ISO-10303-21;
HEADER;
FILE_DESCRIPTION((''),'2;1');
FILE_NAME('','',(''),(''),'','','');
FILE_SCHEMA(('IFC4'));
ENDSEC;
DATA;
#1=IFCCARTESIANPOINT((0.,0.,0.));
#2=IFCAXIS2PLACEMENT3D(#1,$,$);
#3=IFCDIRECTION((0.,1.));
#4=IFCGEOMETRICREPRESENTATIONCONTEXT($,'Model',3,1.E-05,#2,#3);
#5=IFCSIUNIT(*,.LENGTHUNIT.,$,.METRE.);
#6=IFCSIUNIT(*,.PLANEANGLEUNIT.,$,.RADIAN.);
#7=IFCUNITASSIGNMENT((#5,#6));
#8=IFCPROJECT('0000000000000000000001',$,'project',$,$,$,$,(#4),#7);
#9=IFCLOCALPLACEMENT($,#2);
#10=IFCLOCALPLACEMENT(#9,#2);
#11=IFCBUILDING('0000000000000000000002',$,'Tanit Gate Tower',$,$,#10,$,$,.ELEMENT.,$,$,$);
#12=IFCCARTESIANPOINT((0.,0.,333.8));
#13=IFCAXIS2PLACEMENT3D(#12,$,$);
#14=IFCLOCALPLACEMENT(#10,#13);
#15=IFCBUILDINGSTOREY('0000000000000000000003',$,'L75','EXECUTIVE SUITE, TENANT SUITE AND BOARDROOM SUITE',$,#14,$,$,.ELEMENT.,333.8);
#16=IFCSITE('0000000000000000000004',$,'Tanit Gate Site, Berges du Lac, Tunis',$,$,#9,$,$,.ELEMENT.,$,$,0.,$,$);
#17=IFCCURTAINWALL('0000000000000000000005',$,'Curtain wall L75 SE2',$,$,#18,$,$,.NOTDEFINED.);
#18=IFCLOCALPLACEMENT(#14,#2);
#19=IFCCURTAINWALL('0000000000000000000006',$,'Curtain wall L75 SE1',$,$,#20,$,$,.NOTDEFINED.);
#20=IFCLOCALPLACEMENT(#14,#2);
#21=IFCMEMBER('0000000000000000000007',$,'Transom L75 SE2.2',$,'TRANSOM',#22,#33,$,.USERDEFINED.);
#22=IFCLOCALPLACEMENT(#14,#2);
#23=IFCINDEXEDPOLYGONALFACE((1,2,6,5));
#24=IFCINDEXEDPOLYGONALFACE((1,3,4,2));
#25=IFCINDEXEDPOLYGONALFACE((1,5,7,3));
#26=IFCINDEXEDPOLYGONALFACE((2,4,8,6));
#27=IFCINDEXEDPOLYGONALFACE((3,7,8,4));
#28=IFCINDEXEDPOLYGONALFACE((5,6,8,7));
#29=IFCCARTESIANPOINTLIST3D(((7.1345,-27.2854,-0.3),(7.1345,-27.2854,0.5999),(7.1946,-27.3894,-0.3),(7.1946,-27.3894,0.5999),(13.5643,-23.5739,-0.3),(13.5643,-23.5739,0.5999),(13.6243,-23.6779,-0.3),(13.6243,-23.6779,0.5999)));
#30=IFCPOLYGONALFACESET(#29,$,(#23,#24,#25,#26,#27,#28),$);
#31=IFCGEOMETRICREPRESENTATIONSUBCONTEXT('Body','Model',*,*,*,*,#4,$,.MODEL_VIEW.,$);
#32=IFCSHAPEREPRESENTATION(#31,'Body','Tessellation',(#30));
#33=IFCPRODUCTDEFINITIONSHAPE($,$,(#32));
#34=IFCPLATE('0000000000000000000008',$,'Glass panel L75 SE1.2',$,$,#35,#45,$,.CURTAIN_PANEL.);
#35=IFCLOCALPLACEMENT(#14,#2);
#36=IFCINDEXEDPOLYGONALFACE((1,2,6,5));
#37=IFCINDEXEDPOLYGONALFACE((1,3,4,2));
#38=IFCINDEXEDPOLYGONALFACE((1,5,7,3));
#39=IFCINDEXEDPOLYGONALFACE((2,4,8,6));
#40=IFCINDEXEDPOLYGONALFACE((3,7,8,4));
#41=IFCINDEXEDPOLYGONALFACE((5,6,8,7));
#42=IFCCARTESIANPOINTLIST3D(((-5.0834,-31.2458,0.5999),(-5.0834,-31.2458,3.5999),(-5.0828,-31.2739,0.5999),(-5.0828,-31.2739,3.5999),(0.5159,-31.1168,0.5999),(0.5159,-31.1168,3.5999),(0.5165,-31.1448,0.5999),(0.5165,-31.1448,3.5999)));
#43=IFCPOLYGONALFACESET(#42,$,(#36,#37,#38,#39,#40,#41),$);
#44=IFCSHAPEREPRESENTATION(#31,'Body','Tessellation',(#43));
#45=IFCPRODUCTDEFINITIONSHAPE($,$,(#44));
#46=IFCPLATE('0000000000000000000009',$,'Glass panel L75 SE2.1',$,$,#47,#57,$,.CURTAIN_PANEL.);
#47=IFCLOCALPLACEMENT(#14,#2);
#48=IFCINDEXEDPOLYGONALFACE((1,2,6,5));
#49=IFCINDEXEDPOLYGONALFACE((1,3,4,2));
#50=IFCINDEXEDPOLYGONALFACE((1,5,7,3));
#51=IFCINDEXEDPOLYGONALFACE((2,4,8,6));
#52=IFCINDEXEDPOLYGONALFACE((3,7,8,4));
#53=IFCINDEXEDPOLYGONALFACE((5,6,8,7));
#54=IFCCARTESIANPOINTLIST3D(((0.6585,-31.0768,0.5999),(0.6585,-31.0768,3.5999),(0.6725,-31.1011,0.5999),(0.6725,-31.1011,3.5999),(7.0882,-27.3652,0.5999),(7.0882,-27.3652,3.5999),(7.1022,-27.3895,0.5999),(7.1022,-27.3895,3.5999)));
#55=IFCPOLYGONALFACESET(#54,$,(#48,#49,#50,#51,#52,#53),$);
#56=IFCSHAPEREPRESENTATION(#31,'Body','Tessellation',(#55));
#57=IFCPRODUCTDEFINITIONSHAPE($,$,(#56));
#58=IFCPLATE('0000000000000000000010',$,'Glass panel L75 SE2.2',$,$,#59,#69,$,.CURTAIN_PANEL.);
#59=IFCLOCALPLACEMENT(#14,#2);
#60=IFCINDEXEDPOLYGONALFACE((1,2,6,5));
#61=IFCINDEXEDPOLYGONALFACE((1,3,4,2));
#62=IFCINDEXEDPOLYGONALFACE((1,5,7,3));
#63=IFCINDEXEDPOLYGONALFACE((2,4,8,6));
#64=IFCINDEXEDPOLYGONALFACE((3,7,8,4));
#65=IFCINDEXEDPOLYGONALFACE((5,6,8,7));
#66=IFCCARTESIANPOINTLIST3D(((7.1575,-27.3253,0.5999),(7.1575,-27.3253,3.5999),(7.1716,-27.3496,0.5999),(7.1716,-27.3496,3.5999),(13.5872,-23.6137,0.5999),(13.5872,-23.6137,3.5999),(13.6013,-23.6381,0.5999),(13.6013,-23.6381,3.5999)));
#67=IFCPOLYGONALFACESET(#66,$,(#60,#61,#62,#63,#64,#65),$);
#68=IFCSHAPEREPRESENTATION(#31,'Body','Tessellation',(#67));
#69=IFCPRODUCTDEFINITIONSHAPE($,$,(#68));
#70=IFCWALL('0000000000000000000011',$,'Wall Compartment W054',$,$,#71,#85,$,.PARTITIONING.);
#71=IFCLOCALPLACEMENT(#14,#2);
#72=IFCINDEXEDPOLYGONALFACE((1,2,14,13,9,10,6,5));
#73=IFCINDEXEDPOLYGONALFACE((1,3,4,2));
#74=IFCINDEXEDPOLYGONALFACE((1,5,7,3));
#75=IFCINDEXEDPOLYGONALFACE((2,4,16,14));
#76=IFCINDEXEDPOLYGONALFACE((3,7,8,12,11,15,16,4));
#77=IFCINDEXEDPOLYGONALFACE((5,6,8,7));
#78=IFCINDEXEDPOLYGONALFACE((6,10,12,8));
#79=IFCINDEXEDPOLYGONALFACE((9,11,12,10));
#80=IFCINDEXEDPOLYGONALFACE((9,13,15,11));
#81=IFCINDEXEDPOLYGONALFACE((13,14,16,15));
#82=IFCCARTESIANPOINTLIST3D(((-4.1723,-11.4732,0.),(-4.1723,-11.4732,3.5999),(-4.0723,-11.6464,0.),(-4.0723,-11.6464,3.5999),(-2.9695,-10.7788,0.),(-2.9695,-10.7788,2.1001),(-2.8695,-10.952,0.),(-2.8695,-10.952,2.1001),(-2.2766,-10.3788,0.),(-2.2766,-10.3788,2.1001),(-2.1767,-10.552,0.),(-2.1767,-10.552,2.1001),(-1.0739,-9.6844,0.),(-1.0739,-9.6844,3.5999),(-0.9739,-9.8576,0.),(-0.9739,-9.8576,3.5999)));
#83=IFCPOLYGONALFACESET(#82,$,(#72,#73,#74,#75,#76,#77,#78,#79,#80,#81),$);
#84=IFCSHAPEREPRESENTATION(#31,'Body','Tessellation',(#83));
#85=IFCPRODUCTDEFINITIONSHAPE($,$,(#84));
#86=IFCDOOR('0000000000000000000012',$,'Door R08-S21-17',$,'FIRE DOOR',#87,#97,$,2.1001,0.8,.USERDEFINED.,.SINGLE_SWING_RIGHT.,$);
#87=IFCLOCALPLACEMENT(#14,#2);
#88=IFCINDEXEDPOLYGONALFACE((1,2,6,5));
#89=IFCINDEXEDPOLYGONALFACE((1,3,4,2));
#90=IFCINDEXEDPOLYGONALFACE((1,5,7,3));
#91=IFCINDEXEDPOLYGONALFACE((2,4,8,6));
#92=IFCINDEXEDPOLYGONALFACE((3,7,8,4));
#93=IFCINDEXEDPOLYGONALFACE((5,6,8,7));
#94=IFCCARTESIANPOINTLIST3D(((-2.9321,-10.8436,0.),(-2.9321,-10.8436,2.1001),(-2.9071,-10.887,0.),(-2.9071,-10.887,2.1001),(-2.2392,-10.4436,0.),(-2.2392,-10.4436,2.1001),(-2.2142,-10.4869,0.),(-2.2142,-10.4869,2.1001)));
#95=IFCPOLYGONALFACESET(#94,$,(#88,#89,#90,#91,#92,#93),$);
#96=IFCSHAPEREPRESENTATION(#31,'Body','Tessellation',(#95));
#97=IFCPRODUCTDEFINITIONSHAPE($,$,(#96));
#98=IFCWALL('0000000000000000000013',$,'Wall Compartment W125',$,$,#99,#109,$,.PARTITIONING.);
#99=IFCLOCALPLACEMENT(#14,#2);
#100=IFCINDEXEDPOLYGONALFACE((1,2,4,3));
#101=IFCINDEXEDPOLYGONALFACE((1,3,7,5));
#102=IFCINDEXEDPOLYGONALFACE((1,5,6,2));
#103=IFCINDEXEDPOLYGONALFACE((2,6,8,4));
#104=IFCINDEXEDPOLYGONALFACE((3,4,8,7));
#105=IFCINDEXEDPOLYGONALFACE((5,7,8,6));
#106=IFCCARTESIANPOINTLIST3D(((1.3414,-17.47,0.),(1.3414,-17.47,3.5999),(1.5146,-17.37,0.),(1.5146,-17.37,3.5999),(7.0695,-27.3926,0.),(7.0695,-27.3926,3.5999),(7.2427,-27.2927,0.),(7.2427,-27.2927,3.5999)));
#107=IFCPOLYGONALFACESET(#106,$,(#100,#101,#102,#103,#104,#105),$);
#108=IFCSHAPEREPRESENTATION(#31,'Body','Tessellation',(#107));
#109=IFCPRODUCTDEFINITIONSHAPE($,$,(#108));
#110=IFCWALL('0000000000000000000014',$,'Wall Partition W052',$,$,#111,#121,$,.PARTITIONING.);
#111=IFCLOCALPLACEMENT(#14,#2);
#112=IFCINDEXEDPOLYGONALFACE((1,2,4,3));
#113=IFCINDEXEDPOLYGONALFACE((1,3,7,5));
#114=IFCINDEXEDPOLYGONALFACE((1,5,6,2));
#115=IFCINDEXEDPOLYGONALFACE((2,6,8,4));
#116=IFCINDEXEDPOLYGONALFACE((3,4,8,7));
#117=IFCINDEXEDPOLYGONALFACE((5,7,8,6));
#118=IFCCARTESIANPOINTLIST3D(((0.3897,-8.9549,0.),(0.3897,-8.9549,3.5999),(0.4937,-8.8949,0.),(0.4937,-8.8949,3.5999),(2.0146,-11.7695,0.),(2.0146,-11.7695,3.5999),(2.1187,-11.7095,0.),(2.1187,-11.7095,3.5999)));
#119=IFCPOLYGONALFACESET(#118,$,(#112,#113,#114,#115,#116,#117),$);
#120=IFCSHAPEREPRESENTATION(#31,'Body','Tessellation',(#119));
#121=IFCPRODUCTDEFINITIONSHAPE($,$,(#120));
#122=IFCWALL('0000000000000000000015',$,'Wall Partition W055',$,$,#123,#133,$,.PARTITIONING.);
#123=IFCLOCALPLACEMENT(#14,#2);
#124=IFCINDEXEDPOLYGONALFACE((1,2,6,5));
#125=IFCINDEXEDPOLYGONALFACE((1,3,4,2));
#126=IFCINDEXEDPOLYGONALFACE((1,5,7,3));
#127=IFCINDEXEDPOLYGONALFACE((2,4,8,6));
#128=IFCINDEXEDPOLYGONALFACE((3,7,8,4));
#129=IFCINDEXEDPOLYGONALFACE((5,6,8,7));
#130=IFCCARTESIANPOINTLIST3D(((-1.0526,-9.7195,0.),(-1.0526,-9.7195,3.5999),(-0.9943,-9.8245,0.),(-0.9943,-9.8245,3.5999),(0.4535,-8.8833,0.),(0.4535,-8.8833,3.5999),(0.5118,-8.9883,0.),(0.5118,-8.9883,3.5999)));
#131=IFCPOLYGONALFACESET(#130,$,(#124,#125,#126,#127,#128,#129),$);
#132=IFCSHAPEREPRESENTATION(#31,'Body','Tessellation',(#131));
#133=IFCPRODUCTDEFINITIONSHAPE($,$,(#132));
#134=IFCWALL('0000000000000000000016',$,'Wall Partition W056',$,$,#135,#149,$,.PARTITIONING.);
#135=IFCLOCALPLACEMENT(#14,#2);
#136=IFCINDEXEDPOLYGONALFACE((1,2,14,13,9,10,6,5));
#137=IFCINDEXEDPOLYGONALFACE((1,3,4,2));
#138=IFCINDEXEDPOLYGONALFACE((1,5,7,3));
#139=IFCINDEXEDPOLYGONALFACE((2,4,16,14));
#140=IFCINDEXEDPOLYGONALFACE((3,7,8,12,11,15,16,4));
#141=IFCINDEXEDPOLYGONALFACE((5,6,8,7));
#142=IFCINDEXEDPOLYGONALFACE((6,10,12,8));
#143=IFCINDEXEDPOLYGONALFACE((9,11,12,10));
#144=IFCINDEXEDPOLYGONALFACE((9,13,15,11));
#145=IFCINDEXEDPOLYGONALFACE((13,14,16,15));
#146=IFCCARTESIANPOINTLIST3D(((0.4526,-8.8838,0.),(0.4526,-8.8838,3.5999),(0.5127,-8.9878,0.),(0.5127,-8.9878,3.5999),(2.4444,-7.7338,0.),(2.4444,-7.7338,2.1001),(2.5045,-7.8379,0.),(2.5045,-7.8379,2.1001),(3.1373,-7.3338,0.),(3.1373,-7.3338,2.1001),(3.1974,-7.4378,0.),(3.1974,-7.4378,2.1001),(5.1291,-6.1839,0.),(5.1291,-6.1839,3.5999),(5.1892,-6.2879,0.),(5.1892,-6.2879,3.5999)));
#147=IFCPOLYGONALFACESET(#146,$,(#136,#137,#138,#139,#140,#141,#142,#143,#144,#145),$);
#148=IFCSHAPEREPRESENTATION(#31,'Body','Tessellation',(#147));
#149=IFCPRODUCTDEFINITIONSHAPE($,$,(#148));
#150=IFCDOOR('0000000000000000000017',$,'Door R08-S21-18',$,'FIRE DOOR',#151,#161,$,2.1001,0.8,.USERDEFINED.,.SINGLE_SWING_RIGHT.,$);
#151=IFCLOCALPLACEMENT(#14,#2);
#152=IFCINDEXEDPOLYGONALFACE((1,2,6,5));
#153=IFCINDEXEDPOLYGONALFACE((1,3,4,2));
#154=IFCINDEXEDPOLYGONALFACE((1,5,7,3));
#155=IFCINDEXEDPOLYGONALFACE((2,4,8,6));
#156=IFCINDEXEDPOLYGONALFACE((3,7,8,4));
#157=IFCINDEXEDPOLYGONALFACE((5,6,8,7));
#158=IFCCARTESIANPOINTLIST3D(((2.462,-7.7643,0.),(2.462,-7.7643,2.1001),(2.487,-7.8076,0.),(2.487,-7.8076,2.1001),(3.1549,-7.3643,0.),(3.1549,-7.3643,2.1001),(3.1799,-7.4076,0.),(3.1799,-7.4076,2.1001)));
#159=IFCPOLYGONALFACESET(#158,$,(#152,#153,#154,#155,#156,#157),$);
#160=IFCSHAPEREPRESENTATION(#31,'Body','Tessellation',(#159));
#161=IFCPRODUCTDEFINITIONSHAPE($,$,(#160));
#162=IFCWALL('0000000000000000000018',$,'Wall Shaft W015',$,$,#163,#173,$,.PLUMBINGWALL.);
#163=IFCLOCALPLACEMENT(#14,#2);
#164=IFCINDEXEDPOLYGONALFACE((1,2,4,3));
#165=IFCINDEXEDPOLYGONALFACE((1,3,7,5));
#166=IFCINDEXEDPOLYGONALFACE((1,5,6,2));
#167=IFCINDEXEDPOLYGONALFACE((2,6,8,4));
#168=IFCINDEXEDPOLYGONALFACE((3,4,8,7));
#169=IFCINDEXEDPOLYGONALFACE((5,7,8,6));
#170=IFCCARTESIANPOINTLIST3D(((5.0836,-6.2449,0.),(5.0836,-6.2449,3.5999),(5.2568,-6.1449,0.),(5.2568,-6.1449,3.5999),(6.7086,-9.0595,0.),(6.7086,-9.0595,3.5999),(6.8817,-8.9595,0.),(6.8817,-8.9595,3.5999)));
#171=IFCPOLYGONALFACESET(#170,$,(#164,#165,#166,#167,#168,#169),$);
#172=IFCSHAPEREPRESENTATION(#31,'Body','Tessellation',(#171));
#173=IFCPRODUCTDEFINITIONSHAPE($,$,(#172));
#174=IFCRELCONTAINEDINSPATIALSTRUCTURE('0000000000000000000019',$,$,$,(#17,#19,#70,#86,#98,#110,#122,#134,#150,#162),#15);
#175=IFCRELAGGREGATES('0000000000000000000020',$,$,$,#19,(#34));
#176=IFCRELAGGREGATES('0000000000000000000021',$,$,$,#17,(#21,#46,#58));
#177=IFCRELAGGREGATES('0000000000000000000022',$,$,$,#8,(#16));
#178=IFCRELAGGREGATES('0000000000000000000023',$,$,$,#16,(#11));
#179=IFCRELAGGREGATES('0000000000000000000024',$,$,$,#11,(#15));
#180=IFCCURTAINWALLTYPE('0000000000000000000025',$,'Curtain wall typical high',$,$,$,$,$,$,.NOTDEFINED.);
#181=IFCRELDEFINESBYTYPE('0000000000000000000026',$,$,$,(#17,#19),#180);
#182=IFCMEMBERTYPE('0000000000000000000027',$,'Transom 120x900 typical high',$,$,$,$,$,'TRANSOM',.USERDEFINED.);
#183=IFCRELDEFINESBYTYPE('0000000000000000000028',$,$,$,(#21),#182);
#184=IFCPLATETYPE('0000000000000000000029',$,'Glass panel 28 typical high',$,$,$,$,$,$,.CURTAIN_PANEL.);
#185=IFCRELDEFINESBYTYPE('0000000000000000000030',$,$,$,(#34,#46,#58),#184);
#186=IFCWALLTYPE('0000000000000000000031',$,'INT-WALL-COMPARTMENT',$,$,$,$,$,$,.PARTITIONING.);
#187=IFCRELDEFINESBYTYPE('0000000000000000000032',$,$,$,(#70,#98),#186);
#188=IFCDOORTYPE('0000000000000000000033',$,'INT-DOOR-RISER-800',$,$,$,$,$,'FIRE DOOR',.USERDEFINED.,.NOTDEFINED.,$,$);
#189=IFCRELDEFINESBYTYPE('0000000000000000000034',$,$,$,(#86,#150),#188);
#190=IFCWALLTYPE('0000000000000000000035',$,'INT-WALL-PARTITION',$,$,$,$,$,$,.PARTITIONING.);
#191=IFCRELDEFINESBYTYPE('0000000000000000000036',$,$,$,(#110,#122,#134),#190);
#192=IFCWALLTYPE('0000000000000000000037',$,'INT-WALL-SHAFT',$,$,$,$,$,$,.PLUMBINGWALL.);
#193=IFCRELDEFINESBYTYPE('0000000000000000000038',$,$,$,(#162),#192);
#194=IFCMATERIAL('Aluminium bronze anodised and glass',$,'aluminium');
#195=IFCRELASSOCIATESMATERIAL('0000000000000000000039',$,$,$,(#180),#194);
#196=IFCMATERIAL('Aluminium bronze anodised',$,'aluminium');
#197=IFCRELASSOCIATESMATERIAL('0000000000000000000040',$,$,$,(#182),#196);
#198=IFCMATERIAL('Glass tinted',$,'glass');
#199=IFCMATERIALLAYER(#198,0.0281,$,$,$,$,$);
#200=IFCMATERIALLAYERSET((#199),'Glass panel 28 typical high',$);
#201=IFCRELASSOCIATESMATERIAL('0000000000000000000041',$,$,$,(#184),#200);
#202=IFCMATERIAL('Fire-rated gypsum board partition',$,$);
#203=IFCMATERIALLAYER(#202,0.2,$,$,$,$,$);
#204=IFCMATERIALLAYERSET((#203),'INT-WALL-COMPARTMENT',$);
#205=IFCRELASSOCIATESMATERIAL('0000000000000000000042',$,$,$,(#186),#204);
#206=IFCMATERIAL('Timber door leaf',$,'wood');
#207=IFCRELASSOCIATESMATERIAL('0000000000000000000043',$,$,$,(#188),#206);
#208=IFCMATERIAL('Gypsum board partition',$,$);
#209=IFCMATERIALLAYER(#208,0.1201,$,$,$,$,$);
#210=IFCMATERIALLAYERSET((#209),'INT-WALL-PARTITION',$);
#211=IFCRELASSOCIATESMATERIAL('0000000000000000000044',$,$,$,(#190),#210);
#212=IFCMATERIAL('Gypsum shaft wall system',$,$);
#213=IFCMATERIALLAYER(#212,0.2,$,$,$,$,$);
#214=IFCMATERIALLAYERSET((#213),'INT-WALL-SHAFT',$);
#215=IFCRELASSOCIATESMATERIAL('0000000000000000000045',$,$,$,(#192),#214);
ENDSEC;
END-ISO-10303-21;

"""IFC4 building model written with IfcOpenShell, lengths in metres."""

from ifc_helpers import new_model, si_unit, direction, frame, frame_2d, origin, origin_2d, place, context, subcontext, project, spatial, rectangle, extrude, material, layer, layer_set, material_profile, profile_set, type_object, element, fill, aggregate, save


model = new_model("IFC4")

# Units and contexts
model_context = context("Model", 3, precision=1e-05, world=origin(), true_north=direction((0.0, 1.0)))
body_context = subcontext(model_context, "Body", "Model", "MODEL_VIEW")
ifc_project = project(units=[si_unit("LENGTHUNIT", "METRE"), si_unit("PLANEANGLEUNIT", "RADIAN")], contexts=[model_context])

# Site, building, storey
site_placement = place(None, origin())
site = spatial("IfcSite", under=ifc_project, at=site_placement, Name="Tanit Gate Site, Berges du Lac, Tunis", CompositionType="ELEMENT", RefElevation=0.0)
building_placement = place(site_placement, origin())
building = spatial("IfcBuilding", under=site, at=building_placement, Name="Tanit Gate Tower", CompositionType="ELEMENT")
storey_placement = place(building_placement, frame((0.0, 0.0, 333.8)))
storey = spatial("IfcBuildingStorey", under=building, at=storey_placement, Name="L75", Description="EXECUTIVE SUITE, TENANT SUITE AND BOARDROOM SUITE", CompositionType="ELEMENT", Elevation=333.8)

# Curtain wall
ifc_material_1 = material(Name="Aluminium bronze anodised and glass", Category="aluminium")
curtain_wall_type = type_object("IfcCurtainWallType", Name="Curtain wall typical high", PredefinedType="NOTDEFINED", material=ifc_material_1)
curtain_wall_1_placement = place(storey_placement, origin())
curtain_wall_1 = element("IfcCurtainWall", 1, at=curtain_wall_1_placement, inside=storey, type_object=curtain_wall_type, Name="Curtain wall L75 SE2", PredefinedType="NOTDEFINED")

# Curtain wall
curtain_wall_2_placement = place(storey_placement, origin())
curtain_wall_2 = element("IfcCurtainWall", 2, at=curtain_wall_2_placement, inside=storey, type_object=curtain_wall_type, Name="Curtain wall L75 SE1", PredefinedType="NOTDEFINED")

# Member
ifc_material_2 = material(Name="Aluminium bronze anodised", Category="aluminium")
ifc_material_profile_1 = material_profile(ifc_material_2, rectangle(XDim=0.1201, YDim=0.8999, at=origin_2d()), Name="120x900 bronze transom")
ifc_profile_set_1 = profile_set([ifc_material_profile_1], Name="Aluminium bronze anodised")
member_type_1 = type_object("IfcMemberType", Name="Transom 120x900 typical high", ElementType="TRANSOM", PredefinedType="USERDEFINED", material=ifc_profile_set_1)
member_1_placement = place(storey_placement, frame((7.1646, -27.3374, 0.1499), z_axis=(0.866069, 0.499924, 0.0), x_axis=(-0.499924, 0.866069, 0.0)))
member_1 = element("IfcMember", 3, at=member_1_placement, type_object=member_type_1, Name="Transom L75 SE2.2", ObjectType="TRANSOM", PredefinedType="USERDEFINED", context=body_context, shape_type="SweptSolid", body=[
    extrude(rectangle(XDim=0.1201, YDim=0.8999, at=origin_2d()), origin(), (0.0, 0.0, 1.0), 7.4241),
])

# Plates
ifc_material_3 = material(Name="Glass tinted", Category="glass")
ifc_layer_1 = layer(ifc_material_3, 0.0281)
ifc_layer_set_1 = layer_set([ifc_layer_1], Name="Glass panel 28 typical high")
plate_type = type_object("IfcPlateType", Name="Glass panel 28 typical high", PredefinedType="CURTAIN_PANEL", material=ifc_layer_set_1)
plate_1_placement = place(storey_placement, frame((-2.2834, -31.1953, 0.5999), z_axis=(0.0, 0.0, 1.0), x_axis=(0.999735, 0.02304, 0.0)))
plate_1 = element("IfcPlate", 4, at=plate_1_placement, type_object=plate_type, Name="Glass panel L75 SE1.2", PredefinedType="CURTAIN_PANEL", context=body_context, shape_type="SweptSolid", body=[
    extrude(rectangle(XDim=5.6008, YDim=0.0281, at=origin_2d()), origin(), (0.0, 0.0, 1.0), 3.0),
])
aggregate(curtain_wall_2, [plate_1])
plate_2_placement = place(storey_placement, frame((3.8804, -29.2332, 0.5999), z_axis=(0.0, 0.0, 1.0), x_axis=(0.86606, 0.49994, 0.0)))
plate_2 = element("IfcPlate", 5, at=plate_2_placement, type_object=plate_type, Name="Glass panel L75 SE2.1", PredefinedType="CURTAIN_PANEL", context=body_context, shape_type="SweptSolid", body=[
    extrude(rectangle(XDim=7.4241, YDim=0.0281, at=origin_2d()), origin(), (0.0, 0.0, 1.0), 3.0),
])
plate_3_placement = place(storey_placement, frame((10.3794, -25.4817, 0.5999), z_axis=(0.0, 0.0, 1.0), x_axis=(0.86606, 0.49994, 0.0)))
plate_3 = element("IfcPlate", 6, at=plate_3_placement, type_object=plate_type, Name="Glass panel L75 SE2.2", PredefinedType="CURTAIN_PANEL", context=body_context, shape_type="SweptSolid", body=[
    extrude(rectangle(XDim=7.4241, YDim=0.0281, at=origin_2d()), origin(), (0.0, 0.0, 1.0), 3.0),
])
aggregate(curtain_wall_1, [member_1, plate_2, plate_3])

# Wall, opening, door
ifc_material_4 = material(Name="Fire-rated gypsum board partition")
ifc_layer_2 = layer(ifc_material_4, 0.2)
ifc_layer_set_2 = layer_set([ifc_layer_2], Name="INT-WALL-COMPARTMENT")
wall_type_1 = type_object("IfcWallType", Name="INT-WALL-COMPARTMENT", PredefinedType="PARTITIONING", material=ifc_layer_set_2)
wall_1_placement = place(storey_placement, frame((-1.0239, -9.771, 0.0), z_axis=(0.0, 0.0, 1.0), x_axis=(-0.86603, -0.499992, 0.0)))
wall_1 = element("IfcWall", 7, at=wall_1_placement, inside=storey, type_object=wall_type_1, Name="Wall Compartment W054", PredefinedType="PARTITIONING", context=body_context, shape_type="SweptSolid", body=[
    extrude(rectangle(XDim=3.5776, YDim=0.2, at=frame_2d((1.7888, 0.0))), origin(), (0.0, 0.0, 1.0), 3.5999),
])
opening_1_placement = place(wall_1_placement, frame((1.3889, 0.0, 0.0)))
opening_1 = element("IfcOpeningElement", 8, at=opening_1_placement, cuts=wall_1, PredefinedType="OPENING", context=body_context, shape_type="SweptSolid", body=[
    extrude(rectangle(XDim=0.8, YDim=2.1001, at=frame_2d((0.3999, 1.05))), frame((0.0, 0.1099, 0.0), z_axis=(0.0, -1.0, 0.0), x_axis=(1.0, 0.0, 0.0)), (0.0, 0.0, 1.0), 0.22),
])
ifc_material_5 = material(Name="Timber door leaf", Category="wood")
door_type = type_object("IfcDoorType", Name="INT-DOOR-RISER-800", ElementType="FIRE DOOR", OperationType="NOTDEFINED", PredefinedType="USERDEFINED", material=ifc_material_5)
door_1_placement = place(opening_1_placement, origin())
door_1 = element("IfcDoor", 9, at=door_1_placement, inside=storey, type_object=door_type, Name="Door R08-S21-17", ObjectType="FIRE DOOR", OperationType="SINGLE_SWING_RIGHT", OverallHeight=2.1001, OverallWidth=0.8, PredefinedType="USERDEFINED", context=body_context, shape_type="SweptSolid", body=[
    extrude(rectangle(XDim=0.8, YDim=2.1001, at=frame_2d((0.3999, 1.05))), frame((0.0, 0.0249, 0.0), z_axis=(0.0, -1.0, 0.0), x_axis=(1.0, 0.0, 0.0)), (0.0, 0.0, 1.0), 0.05),
])
fill(opening_1, door_1)

# Walls
wall_2_placement = place(storey_placement, frame((7.156, -27.3425, 0.0), z_axis=(0.0, 0.0, 1.0), x_axis=(-0.499948, 0.866055, 0.0)))
element("IfcWall", 10, at=wall_2_placement, inside=storey, type_object=wall_type_1, Name="Wall Compartment W125", PredefinedType="PARTITIONING", context=body_context, shape_type="SweptSolid", body=[
    extrude(rectangle(XDim=11.4573, YDim=0.2, at=frame_2d((5.7285, 0.0))), origin(), (0.0, 0.0, 1.0), 3.5999),
])
ifc_material_6 = material(Name="Gypsum board partition")
ifc_layer_3 = layer(ifc_material_6, 0.1201)
ifc_layer_set_3 = layer_set([ifc_layer_3], Name="INT-WALL-PARTITION")
wall_type_2 = type_object("IfcWallType", Name="INT-WALL-PARTITION", PredefinedType="PARTITIONING", material=ifc_layer_set_3)
wall_3_placement = place(storey_placement, frame((2.0667, -11.7395, 0.0), z_axis=(0.0, 0.0, 1.0), x_axis=(-0.499985, 0.866034, 0.0)))
element("IfcWall", 11, at=wall_3_placement, inside=storey, type_object=wall_type_2, Name="Wall Partition W052", PredefinedType="PARTITIONING", context=body_context, shape_type="SweptSolid", body=[
    extrude(rectangle(XDim=3.25, YDim=0.1201, at=frame_2d((1.625, 0.0))), origin(), (0.0, 0.0, 1.0), 3.5999),
])
wall_4_placement = place(storey_placement, frame((-1.0234, -9.772, 0.0), z_axis=(0.0, 0.0, 1.0), x_axis=(0.874291, 0.485402, 0.0)))
element("IfcWall", 12, at=wall_4_placement, inside=storey, type_object=wall_type_2, Name="Wall Partition W055", PredefinedType="PARTITIONING", context=body_context, shape_type="SweptSolid", body=[
    extrude(rectangle(XDim=1.7227, YDim=0.1201, at=frame_2d((0.8613, 0.0))), origin(), (0.0, 0.0, 1.0), 3.5999),
])

# Wall, opening, door
wall_5_placement = place(storey_placement, frame((0.4827, -8.9358, 0.0), z_axis=(0.0, 0.0, 1.0), x_axis=(0.866028, 0.499995, 0.0)))
wall_5 = element("IfcWall", 13, at=wall_5_placement, inside=storey, type_object=wall_type_2, Name="Wall Partition W056", PredefinedType="PARTITIONING", context=body_context, shape_type="SweptSolid", body=[
    extrude(rectangle(XDim=5.3999, YDim=0.1201, at=frame_2d((2.7, 0.0))), origin(), (0.0, 0.0, 1.0), 3.5999),
])
opening_2_placement = place(wall_5_placement, frame((2.3, 0.0, 0.0)))
opening_2 = element("IfcOpeningElement", 14, at=opening_2_placement, cuts=wall_5, PredefinedType="OPENING", context=body_context, shape_type="SweptSolid", body=[
    extrude(rectangle(XDim=0.8, YDim=2.1001, at=frame_2d((0.3999, 1.05))), frame((0.0, 0.0701, 0.0), z_axis=(0.0, -1.0, 0.0), x_axis=(1.0, 0.0, 0.0)), (0.0, 0.0, 1.0), 0.1401),
])
door_2_placement = place(opening_2_placement, origin())
door_2 = element("IfcDoor", 15, at=door_2_placement, inside=storey, type_object=door_type, Name="Door R08-S21-18", ObjectType="FIRE DOOR", OperationType="SINGLE_SWING_RIGHT", OverallHeight=2.1001, OverallWidth=0.8, PredefinedType="USERDEFINED", context=body_context, shape_type="SweptSolid", body=[
    extrude(rectangle(XDim=0.8, YDim=2.1001, at=frame_2d((0.3999, 1.05))), frame((0.0, 0.0249, 0.0), z_axis=(0.0, -1.0, 0.0), x_axis=(1.0, 0.0, 0.0)), (0.0, 0.0, 1.0), 0.05),
])
fill(opening_2, door_2)

# Wall
ifc_material_7 = material(Name="Gypsum shaft wall system")
ifc_layer_4 = layer(ifc_material_7, 0.2)
ifc_layer_set_4 = layer_set([ifc_layer_4], Name="INT-WALL-SHAFT")
wall_type_3 = type_object("IfcWallType", Name="INT-WALL-SHAFT", PredefinedType="PLUMBINGWALL", material=ifc_layer_set_4)
wall_6_placement = place(storey_placement, frame((6.7952, -9.0095, 0.0), z_axis=(0.0, 0.0, 1.0), x_axis=(-0.499985, 0.866034, 0.0)))
element("IfcWall", 16, at=wall_6_placement, inside=storey, type_object=wall_type_3, Name="Wall Shaft W015", PredefinedType="PLUMBINGWALL", context=body_context, shape_type="SweptSolid", body=[
    extrude(rectangle(XDim=3.25, YDim=0.2, at=frame_2d((1.625, 0.0))), origin(), (0.0, 0.0, 1.0), 3.5999),
])

save(model, "model.ifc")
